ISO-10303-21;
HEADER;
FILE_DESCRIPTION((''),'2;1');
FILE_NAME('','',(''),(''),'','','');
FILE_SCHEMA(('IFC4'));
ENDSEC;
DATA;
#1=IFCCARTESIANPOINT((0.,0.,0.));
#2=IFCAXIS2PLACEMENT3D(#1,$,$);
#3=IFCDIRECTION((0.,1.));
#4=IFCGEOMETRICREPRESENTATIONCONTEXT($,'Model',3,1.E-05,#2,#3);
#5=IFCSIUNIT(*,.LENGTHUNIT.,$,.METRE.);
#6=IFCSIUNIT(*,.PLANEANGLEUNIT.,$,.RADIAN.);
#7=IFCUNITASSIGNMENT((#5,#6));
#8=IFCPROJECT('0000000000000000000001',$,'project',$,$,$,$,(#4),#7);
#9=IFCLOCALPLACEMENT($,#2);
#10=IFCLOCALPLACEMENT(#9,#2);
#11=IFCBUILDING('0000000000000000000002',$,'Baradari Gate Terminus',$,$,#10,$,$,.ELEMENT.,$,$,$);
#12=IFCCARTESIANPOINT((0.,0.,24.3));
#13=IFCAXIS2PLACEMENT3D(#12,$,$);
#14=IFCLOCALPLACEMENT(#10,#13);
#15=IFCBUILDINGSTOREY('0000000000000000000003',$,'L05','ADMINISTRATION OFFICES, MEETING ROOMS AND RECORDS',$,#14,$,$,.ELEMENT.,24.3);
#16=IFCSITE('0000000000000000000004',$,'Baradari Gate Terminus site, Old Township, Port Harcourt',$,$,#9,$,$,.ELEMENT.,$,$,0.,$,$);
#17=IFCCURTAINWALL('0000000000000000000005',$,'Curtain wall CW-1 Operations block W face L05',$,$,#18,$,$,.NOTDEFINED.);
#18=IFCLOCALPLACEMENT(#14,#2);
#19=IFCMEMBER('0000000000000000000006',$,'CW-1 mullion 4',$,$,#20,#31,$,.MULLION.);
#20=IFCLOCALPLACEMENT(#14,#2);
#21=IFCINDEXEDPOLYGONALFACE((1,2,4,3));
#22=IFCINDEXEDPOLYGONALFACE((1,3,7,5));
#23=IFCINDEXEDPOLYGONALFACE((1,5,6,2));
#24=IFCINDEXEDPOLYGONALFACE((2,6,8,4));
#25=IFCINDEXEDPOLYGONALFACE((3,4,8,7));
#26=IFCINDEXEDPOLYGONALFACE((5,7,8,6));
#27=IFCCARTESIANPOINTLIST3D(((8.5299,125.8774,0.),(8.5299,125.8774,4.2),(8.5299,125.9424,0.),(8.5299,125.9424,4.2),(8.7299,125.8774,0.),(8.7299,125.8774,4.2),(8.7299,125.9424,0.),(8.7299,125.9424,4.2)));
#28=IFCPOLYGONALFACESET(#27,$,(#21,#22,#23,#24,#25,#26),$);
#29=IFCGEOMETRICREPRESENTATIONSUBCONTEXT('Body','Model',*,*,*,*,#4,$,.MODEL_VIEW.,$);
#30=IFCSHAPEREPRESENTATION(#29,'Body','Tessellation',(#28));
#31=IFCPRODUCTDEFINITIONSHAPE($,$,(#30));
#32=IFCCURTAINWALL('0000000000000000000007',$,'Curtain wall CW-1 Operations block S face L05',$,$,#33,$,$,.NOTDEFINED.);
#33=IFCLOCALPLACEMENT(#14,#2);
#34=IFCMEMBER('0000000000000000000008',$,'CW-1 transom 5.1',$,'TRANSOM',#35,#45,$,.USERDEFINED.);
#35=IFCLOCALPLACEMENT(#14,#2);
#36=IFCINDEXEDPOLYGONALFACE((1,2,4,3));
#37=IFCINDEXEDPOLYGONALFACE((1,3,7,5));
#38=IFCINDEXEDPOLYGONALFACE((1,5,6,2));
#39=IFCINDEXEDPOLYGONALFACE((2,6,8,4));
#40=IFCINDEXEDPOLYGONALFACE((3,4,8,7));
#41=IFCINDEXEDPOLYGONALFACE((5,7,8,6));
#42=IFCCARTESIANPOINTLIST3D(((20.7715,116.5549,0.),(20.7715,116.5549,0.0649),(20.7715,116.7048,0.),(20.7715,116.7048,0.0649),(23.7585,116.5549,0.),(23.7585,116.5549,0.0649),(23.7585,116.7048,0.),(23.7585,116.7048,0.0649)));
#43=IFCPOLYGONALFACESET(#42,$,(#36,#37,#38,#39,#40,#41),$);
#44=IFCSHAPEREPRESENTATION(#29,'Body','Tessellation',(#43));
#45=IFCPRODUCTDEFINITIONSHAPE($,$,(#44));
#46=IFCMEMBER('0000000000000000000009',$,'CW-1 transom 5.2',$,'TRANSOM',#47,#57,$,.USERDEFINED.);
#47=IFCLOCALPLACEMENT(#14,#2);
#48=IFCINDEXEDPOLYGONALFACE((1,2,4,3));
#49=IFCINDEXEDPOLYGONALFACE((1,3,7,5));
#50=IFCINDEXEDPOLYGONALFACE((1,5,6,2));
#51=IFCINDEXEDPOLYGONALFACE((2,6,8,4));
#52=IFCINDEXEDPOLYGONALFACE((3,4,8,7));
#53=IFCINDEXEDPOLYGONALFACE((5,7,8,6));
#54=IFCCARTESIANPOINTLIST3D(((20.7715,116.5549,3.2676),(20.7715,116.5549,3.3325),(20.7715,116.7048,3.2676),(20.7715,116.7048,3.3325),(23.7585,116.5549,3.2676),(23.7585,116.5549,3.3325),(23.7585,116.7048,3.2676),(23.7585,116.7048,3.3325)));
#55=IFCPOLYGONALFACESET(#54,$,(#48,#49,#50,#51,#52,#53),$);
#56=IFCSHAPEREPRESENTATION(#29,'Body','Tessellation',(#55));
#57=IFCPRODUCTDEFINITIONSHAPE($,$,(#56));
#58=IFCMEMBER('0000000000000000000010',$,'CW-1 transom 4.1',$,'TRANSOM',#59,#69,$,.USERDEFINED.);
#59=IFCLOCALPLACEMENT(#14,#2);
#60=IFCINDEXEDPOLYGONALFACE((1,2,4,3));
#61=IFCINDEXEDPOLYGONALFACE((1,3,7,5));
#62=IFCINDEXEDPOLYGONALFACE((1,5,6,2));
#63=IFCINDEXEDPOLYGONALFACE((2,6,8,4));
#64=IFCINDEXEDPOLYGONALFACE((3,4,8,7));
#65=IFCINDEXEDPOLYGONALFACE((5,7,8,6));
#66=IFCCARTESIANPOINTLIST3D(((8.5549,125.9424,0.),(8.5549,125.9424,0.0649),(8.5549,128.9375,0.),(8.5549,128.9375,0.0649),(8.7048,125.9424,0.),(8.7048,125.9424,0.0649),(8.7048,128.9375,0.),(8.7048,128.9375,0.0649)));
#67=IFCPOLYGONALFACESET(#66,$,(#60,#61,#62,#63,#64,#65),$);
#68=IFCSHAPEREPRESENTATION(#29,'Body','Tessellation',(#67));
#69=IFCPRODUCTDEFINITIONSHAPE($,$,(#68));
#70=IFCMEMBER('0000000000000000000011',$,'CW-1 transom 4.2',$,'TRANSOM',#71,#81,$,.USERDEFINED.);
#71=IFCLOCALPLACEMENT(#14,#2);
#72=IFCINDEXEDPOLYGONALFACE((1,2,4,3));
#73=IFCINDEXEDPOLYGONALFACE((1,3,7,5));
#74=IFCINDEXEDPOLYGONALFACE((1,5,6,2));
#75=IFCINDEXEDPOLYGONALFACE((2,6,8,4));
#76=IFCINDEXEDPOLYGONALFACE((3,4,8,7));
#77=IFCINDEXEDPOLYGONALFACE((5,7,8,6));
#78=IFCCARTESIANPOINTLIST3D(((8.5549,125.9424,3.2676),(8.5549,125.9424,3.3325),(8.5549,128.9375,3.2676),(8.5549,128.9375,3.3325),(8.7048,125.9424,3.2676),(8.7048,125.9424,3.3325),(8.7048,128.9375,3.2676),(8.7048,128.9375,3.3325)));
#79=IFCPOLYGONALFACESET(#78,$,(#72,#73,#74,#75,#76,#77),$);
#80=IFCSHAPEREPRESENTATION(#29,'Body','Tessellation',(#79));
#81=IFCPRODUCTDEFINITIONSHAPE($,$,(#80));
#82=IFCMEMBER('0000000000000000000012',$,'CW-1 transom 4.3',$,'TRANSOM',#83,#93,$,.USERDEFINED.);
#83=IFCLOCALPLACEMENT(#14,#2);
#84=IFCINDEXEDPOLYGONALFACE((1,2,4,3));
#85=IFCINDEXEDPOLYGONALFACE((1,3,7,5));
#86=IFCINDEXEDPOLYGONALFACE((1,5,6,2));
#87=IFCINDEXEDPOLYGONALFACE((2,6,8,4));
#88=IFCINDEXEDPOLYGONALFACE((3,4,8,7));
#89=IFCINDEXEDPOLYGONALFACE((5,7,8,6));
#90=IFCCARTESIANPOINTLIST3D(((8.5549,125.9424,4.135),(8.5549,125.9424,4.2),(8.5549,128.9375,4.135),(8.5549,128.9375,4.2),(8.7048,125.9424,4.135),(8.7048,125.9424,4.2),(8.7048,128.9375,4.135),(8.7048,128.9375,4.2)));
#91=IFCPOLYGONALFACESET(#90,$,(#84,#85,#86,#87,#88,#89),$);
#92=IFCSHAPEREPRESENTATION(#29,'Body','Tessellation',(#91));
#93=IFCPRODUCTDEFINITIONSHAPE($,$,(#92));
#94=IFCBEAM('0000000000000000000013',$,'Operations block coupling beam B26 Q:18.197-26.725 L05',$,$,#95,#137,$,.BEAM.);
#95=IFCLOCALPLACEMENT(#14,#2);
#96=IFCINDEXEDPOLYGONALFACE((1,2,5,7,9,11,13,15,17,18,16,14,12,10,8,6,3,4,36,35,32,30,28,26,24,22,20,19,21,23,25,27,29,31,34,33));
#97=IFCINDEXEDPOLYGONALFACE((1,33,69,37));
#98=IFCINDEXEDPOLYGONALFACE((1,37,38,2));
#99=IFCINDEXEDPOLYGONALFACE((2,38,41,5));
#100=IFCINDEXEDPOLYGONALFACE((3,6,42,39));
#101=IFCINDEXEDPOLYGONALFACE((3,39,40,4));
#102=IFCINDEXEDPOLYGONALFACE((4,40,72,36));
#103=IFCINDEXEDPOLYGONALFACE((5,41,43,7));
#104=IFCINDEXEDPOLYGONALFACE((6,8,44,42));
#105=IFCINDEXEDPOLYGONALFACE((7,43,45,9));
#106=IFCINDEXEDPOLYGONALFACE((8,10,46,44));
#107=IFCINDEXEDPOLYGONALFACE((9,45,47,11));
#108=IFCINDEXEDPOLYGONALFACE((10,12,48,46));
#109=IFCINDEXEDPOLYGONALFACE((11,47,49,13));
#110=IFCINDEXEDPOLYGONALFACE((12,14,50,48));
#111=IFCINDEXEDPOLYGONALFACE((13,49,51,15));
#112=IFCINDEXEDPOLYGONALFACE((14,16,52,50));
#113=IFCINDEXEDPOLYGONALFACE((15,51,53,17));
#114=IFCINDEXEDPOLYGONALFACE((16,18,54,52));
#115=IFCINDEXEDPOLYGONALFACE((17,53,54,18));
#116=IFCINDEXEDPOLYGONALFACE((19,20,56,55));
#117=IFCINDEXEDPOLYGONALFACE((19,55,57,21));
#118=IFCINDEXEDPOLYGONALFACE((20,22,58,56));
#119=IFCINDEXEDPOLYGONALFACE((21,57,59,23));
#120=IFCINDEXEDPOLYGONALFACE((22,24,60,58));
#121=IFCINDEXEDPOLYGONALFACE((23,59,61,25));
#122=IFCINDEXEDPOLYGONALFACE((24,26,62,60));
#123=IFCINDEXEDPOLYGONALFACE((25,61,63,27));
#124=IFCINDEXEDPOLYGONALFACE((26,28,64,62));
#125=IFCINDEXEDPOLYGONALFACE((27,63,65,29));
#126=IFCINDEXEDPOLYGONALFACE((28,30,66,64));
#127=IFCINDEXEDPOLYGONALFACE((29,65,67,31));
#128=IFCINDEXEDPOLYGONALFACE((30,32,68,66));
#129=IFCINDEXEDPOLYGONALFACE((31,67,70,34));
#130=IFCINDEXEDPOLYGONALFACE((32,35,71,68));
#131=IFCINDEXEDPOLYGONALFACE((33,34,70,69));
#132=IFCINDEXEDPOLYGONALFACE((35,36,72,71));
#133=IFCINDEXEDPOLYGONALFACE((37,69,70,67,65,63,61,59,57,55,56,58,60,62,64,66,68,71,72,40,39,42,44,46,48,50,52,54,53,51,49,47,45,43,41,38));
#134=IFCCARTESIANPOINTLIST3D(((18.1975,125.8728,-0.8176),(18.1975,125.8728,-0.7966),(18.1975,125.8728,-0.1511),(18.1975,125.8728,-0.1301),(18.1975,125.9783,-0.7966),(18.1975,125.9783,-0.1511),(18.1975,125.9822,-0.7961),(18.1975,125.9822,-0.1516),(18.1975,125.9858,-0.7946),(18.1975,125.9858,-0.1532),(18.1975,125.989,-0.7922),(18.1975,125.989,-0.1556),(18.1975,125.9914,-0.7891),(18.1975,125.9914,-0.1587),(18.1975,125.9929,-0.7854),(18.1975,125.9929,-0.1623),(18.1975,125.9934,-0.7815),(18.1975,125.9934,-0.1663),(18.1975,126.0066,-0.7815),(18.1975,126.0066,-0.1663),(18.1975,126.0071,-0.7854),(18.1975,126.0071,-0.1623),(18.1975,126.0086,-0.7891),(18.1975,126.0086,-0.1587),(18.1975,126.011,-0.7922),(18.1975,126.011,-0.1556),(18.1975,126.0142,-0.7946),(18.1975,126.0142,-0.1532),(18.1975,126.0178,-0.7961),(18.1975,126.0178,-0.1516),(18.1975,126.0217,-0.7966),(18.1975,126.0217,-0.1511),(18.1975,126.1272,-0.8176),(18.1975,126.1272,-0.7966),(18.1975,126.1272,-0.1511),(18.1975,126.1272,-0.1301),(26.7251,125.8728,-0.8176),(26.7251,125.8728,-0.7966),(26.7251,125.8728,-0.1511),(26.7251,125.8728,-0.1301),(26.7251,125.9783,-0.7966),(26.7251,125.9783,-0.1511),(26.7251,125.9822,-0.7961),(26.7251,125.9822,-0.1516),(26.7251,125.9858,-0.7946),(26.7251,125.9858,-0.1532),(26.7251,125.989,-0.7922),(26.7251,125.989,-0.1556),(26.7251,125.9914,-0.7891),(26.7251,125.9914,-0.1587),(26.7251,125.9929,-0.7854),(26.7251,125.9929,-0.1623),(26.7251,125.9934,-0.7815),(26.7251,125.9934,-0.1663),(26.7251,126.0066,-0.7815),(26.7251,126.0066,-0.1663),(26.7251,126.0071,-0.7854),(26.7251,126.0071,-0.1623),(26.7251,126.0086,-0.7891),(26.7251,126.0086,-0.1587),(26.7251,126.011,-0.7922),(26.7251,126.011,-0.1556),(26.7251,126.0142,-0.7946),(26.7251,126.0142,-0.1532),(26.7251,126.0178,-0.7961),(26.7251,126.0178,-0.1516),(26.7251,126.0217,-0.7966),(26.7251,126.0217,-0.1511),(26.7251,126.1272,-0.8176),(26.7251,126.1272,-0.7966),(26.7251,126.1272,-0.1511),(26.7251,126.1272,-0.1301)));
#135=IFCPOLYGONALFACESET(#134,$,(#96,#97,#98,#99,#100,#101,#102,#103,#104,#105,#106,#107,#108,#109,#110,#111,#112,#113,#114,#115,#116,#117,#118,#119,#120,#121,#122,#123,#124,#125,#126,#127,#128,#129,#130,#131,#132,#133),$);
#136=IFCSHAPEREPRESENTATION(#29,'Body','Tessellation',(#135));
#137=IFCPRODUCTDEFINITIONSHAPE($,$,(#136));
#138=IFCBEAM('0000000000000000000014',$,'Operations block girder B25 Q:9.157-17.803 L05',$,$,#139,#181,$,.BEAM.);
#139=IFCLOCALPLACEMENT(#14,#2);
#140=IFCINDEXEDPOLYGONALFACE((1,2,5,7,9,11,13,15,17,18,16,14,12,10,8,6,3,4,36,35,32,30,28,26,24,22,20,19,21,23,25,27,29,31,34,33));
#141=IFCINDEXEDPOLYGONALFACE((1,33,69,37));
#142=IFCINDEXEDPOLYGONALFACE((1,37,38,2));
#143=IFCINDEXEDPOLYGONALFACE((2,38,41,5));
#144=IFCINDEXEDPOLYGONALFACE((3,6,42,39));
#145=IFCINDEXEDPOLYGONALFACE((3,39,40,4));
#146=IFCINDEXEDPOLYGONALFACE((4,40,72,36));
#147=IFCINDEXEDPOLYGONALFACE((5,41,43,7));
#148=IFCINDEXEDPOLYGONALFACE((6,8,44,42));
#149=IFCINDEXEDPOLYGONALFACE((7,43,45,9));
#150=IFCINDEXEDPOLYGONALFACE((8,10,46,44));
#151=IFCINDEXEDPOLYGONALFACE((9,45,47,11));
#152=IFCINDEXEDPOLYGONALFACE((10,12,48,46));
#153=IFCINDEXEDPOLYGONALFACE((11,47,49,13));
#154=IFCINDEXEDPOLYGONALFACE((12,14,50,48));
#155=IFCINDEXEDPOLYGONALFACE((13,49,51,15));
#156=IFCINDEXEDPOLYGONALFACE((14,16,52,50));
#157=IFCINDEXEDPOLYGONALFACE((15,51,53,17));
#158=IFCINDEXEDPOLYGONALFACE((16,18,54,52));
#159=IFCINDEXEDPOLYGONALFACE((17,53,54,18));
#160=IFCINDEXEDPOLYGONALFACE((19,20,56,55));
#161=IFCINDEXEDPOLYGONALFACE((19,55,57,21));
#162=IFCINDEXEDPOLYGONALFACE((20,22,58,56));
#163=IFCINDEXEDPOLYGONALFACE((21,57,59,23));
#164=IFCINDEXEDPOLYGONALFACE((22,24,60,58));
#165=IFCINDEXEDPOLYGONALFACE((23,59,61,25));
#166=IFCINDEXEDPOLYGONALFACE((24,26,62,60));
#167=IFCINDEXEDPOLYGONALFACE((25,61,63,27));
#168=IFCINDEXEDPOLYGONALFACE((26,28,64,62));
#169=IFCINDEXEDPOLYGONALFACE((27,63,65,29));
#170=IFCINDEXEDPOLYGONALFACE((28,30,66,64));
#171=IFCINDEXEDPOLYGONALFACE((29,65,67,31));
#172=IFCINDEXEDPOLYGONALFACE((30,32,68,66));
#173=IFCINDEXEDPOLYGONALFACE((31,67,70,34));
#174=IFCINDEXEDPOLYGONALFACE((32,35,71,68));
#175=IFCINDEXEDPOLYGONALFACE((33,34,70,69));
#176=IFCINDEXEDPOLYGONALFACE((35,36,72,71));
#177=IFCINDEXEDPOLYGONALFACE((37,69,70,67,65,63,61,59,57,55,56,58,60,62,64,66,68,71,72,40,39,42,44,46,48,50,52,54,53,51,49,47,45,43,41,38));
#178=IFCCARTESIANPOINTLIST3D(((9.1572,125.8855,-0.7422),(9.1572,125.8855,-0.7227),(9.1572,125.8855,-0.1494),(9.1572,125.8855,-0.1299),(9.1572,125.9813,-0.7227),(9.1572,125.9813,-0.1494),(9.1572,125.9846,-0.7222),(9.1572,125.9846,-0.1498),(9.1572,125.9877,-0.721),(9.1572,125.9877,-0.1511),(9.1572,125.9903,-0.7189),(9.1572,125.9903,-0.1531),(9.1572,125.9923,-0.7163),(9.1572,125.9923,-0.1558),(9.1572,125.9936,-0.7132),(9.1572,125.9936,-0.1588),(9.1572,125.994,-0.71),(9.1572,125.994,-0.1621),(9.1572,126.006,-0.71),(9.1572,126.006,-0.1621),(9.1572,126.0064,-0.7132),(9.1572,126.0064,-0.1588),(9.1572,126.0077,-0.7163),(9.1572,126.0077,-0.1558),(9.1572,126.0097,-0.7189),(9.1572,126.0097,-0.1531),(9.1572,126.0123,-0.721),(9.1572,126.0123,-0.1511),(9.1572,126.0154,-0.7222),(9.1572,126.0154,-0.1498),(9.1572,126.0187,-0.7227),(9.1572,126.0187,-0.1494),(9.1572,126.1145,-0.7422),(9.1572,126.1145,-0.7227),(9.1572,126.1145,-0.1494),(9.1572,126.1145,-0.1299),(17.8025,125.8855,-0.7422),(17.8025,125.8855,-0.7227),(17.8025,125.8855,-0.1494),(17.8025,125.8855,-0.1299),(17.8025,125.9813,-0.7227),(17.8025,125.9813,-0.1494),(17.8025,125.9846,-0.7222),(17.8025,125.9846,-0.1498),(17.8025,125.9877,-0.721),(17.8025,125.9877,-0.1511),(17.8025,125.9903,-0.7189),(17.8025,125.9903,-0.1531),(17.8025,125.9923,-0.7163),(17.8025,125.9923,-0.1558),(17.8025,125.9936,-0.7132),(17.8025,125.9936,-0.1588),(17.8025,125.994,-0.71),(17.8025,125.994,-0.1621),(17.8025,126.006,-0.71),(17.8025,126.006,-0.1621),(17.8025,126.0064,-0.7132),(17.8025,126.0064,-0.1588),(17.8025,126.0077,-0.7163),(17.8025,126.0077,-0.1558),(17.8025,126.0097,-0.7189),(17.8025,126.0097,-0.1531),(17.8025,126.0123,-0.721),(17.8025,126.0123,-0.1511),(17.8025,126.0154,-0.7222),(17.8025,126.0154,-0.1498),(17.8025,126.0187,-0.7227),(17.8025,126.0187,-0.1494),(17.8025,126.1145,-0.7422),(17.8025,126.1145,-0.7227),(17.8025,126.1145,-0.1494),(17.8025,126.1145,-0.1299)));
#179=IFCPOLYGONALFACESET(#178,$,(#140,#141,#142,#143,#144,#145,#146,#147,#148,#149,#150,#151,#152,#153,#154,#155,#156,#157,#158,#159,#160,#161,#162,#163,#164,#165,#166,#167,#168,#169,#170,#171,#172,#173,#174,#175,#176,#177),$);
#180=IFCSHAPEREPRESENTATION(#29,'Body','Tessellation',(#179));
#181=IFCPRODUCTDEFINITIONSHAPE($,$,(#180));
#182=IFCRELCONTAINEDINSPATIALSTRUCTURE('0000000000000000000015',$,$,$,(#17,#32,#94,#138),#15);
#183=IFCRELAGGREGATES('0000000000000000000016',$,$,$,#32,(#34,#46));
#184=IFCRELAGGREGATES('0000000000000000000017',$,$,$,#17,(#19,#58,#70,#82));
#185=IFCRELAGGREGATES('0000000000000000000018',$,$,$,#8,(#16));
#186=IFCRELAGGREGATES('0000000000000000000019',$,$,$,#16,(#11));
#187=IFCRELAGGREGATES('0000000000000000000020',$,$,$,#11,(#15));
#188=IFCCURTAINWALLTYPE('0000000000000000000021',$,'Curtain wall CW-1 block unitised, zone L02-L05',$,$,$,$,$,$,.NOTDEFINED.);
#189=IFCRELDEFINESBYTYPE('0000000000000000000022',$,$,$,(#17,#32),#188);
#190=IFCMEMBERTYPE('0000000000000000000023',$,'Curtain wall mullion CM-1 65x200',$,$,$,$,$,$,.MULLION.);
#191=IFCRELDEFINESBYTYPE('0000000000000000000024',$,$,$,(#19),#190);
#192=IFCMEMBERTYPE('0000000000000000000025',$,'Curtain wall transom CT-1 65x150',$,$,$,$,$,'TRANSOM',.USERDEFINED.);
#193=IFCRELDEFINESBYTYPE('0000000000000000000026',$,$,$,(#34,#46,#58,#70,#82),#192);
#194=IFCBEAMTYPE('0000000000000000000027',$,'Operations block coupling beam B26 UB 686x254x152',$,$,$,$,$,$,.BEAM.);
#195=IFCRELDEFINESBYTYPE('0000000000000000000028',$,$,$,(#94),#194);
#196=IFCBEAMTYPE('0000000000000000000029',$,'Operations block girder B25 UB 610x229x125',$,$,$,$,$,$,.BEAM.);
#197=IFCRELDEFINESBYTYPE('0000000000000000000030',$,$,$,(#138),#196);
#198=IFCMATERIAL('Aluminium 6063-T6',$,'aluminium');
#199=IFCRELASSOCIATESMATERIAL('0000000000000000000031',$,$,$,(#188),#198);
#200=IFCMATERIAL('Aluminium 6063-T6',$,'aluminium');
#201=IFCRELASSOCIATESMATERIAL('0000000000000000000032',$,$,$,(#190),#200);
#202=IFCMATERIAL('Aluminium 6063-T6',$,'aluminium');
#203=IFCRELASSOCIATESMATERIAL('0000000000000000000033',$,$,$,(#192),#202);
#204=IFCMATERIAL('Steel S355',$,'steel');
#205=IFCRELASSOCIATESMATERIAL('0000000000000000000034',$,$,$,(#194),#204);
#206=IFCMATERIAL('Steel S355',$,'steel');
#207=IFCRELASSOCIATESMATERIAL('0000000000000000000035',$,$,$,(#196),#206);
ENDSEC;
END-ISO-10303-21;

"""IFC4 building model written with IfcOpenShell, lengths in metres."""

from ifc_helpers import new_model, si_unit, direction, frame, origin, origin_2d, place, context, subcontext, project, spatial, rectangle, i_section, extrude, material, material_profile, profile_set, type_object, element, aggregate, save


model = new_model("IFC4")

# Units and contexts
model_context = context("Model", 3, precision=1e-05, world=origin(), true_north=direction((0.0, 1.0)))
body_context = subcontext(model_context, "Body", "Model", "MODEL_VIEW")
ifc_project = project(units=[si_unit("LENGTHUNIT", "METRE"), si_unit("PLANEANGLEUNIT", "RADIAN")], contexts=[model_context])

# Site, building, storey
site_placement = place(None, origin())
site = spatial("IfcSite", under=ifc_project, at=site_placement, Name="Baradari Gate Terminus site, Old Township, Port Harcourt", CompositionType="ELEMENT", RefElevation=0.0)
building_placement = place(site_placement, origin())
building = spatial("IfcBuilding", under=site, at=building_placement, Name="Baradari Gate Terminus", CompositionType="ELEMENT")
storey_placement = place(building_placement, frame((0.0, 0.0, 24.3)))
storey = spatial("IfcBuildingStorey", under=building, at=storey_placement, Name="L05", Description="ADMINISTRATION OFFICES, MEETING ROOMS AND RECORDS", CompositionType="ELEMENT", Elevation=24.3)

# Curtain wall, member
ifc_material_1 = material(Name="Aluminium 6063-T6", Category="aluminium")
curtain_wall_type = type_object("IfcCurtainWallType", Name="Curtain wall CW-1 block unitised, zone L02-L05", PredefinedType="NOTDEFINED", material=ifc_material_1)
curtain_wall_1_placement = place(storey_placement, origin())
curtain_wall_1 = element("IfcCurtainWall", 1, at=curtain_wall_1_placement, inside=storey, type_object=curtain_wall_type, Name="Curtain wall CW-1 Operations block W face L05", PredefinedType="NOTDEFINED")
ifc_material_2 = material(Name="Aluminium 6063-T6", Category="aluminium")
ifc_material_profile_1 = material_profile(ifc_material_2, rectangle(XDim=0.2, YDim=0.0649, at=origin_2d()), Name="CM-1 65X200")
ifc_profile_set_1 = profile_set([ifc_material_profile_1], Name="Aluminium 6063-T6")
member_type_1 = type_object("IfcMemberType", Name="Curtain wall mullion CM-1 65x200", PredefinedType="MULLION", material=ifc_profile_set_1)
member_1_placement = place(storey_placement, frame((8.6299, 125.9099, 0.0), z_axis=(0.0, 0.0, 1.0), x_axis=(-1.0, 0.0, 0.0)))
member_1 = element("IfcMember", 2, at=member_1_placement, type_object=member_type_1, Name="CW-1 mullion 4", PredefinedType="MULLION", context=body_context, shape_type="SweptSolid", body=[
    extrude(rectangle(XDim=0.2, YDim=0.0649, at=origin_2d()), origin(), (0.0, 0.0, 1.0), 4.2),
])

# Curtain wall, members
curtain_wall_2_placement = place(storey_placement, origin())
curtain_wall_2 = element("IfcCurtainWall", 3, at=curtain_wall_2_placement, inside=storey, type_object=curtain_wall_type, Name="Curtain wall CW-1 Operations block S face L05", PredefinedType="NOTDEFINED")
ifc_material_3 = material(Name="Aluminium 6063-T6", Category="aluminium")
ifc_material_profile_2 = material_profile(ifc_material_3, rectangle(XDim=0.1499, YDim=0.0649, at=origin_2d()), Name="CT-1 65X150")
ifc_profile_set_2 = profile_set([ifc_material_profile_2], Name="Aluminium 6063-T6")
member_type_2 = type_object("IfcMemberType", Name="Curtain wall transom CT-1 65x150", ElementType="TRANSOM", PredefinedType="USERDEFINED", material=ifc_profile_set_2)
member_2_placement = place(storey_placement, frame((20.7715, 116.6299, 0.0325), z_axis=(1.0, 0.0, 0.0), x_axis=(0.0, 1.0, 0.0)))
member_2 = element("IfcMember", 4, at=member_2_placement, type_object=member_type_2, Name="CW-1 transom 5.1", ObjectType="TRANSOM", PredefinedType="USERDEFINED", context=body_context, shape_type="SweptSolid", body=[
    extrude(rectangle(XDim=0.1499, YDim=0.0649, at=origin_2d()), origin(), (0.0, 0.0, 1.0), 2.9871),
])
member_3_placement = place(storey_placement, frame((20.7715, 116.6299, 3.3), z_axis=(1.0, 0.0, 0.0), x_axis=(0.0, 1.0, 0.0)))
member_3 = element("IfcMember", 5, at=member_3_placement, type_object=member_type_2, Name="CW-1 transom 5.2", ObjectType="TRANSOM", PredefinedType="USERDEFINED", context=body_context, shape_type="SweptSolid", body=[
    extrude(rectangle(XDim=0.1499, YDim=0.0649, at=origin_2d()), origin(), (0.0, 0.0, 1.0), 2.9871),
])
aggregate(curtain_wall_2, [member_2, member_3])

# Members
member_4_placement = place(storey_placement, frame((8.6299, 125.9424, 0.0325), z_axis=(0.0, 1.0, 0.0), x_axis=(-1.0, 0.0, 0.0)))
member_4 = element("IfcMember", 6, at=member_4_placement, type_object=member_type_2, Name="CW-1 transom 4.1", ObjectType="TRANSOM", PredefinedType="USERDEFINED", context=body_context, shape_type="SweptSolid", body=[
    extrude(rectangle(XDim=0.1499, YDim=0.0649, at=origin_2d()), origin(), (0.0, 0.0, 1.0), 2.9951),
])
member_5_placement = place(storey_placement, frame((8.6299, 125.9424, 3.3), z_axis=(0.0, 1.0, 0.0), x_axis=(-1.0, 0.0, 0.0)))
member_5 = element("IfcMember", 7, at=member_5_placement, type_object=member_type_2, Name="CW-1 transom 4.2", ObjectType="TRANSOM", PredefinedType="USERDEFINED", context=body_context, shape_type="SweptSolid", body=[
    extrude(rectangle(XDim=0.1499, YDim=0.0649, at=origin_2d()), origin(), (0.0, 0.0, 1.0), 2.9951),
])
member_6_placement = place(storey_placement, frame((8.6299, 125.9424, 4.1675), z_axis=(0.0, 1.0, 0.0), x_axis=(-1.0, 0.0, 0.0)))
member_6 = element("IfcMember", 8, at=member_6_placement, type_object=member_type_2, Name="CW-1 transom 4.3", ObjectType="TRANSOM", PredefinedType="USERDEFINED", context=body_context, shape_type="SweptSolid", body=[
    extrude(rectangle(XDim=0.1499, YDim=0.0649, at=origin_2d()), origin(), (0.0, 0.0, 1.0), 2.9951),
])

# Beams
ifc_material_4 = material(Name="Steel S355", Category="steel")
ifc_material_profile_3 = material_profile(ifc_material_4, i_section(OverallWidth=0.2544, OverallDepth=0.6875, WebThickness=0.0132, FlangeThickness=0.021, FilletRadius=0.0151, at=origin_2d()), Name="UB 686x254x152")
ifc_profile_set_3 = profile_set([ifc_material_profile_3], Name="Steel S355")
beam_type_1 = type_object("IfcBeamType", Name="Operations block coupling beam B26 UB 686x254x152", PredefinedType="BEAM", material=ifc_profile_set_3)
beam_1_placement = place(storey_placement, frame((18.1975, 126.0, -0.4739), z_axis=(1.0, 0.0, 0.0), x_axis=(0.0, 1.0, 0.0)))
element("IfcBeam", 9, at=beam_1_placement, inside=storey, type_object=beam_type_1, Name="Operations block coupling beam B26 Q:18.197-26.725 L05", PredefinedType="BEAM", context=body_context, shape_type="SweptSolid", body=[
    extrude(i_section(OverallWidth=0.2544, OverallDepth=0.6875, WebThickness=0.0132, FlangeThickness=0.021, FilletRadius=0.0151, at=origin_2d()), origin(), (0.0, 0.0, 1.0), 8.5276),
])
ifc_material_5 = material(Name="Steel S355", Category="steel")
ifc_material_profile_4 = material_profile(ifc_material_5, i_section(OverallWidth=0.229, OverallDepth=0.6123, WebThickness=0.012, FlangeThickness=0.0195, FilletRadius=0.0127, at=origin_2d()), Name="UB 610x229x125")
ifc_profile_set_4 = profile_set([ifc_material_profile_4], Name="Steel S355")
beam_type_2 = type_object("IfcBeamType", Name="Operations block girder B25 UB 610x229x125", PredefinedType="BEAM", material=ifc_profile_set_4)
beam_2_placement = place(storey_placement, frame((9.1572, 126.0, -0.436), z_axis=(1.0, 0.0, 0.0), x_axis=(0.0, 1.0, 0.0)))
element("IfcBeam", 10, at=beam_2_placement, inside=storey, type_object=beam_type_2, Name="Operations block girder B25 Q:9.157-17.803 L05", PredefinedType="BEAM", context=body_context, shape_type="SweptSolid", body=[
    extrude(i_section(OverallWidth=0.229, OverallDepth=0.6123, WebThickness=0.012, FlangeThickness=0.0195, FilletRadius=0.0127, at=origin_2d()), origin(), (0.0, 0.0, 1.0), 8.6453),
])

aggregate(curtain_wall_1, [member_1, member_4, member_5, member_6])

save(model, "model.ifc")
